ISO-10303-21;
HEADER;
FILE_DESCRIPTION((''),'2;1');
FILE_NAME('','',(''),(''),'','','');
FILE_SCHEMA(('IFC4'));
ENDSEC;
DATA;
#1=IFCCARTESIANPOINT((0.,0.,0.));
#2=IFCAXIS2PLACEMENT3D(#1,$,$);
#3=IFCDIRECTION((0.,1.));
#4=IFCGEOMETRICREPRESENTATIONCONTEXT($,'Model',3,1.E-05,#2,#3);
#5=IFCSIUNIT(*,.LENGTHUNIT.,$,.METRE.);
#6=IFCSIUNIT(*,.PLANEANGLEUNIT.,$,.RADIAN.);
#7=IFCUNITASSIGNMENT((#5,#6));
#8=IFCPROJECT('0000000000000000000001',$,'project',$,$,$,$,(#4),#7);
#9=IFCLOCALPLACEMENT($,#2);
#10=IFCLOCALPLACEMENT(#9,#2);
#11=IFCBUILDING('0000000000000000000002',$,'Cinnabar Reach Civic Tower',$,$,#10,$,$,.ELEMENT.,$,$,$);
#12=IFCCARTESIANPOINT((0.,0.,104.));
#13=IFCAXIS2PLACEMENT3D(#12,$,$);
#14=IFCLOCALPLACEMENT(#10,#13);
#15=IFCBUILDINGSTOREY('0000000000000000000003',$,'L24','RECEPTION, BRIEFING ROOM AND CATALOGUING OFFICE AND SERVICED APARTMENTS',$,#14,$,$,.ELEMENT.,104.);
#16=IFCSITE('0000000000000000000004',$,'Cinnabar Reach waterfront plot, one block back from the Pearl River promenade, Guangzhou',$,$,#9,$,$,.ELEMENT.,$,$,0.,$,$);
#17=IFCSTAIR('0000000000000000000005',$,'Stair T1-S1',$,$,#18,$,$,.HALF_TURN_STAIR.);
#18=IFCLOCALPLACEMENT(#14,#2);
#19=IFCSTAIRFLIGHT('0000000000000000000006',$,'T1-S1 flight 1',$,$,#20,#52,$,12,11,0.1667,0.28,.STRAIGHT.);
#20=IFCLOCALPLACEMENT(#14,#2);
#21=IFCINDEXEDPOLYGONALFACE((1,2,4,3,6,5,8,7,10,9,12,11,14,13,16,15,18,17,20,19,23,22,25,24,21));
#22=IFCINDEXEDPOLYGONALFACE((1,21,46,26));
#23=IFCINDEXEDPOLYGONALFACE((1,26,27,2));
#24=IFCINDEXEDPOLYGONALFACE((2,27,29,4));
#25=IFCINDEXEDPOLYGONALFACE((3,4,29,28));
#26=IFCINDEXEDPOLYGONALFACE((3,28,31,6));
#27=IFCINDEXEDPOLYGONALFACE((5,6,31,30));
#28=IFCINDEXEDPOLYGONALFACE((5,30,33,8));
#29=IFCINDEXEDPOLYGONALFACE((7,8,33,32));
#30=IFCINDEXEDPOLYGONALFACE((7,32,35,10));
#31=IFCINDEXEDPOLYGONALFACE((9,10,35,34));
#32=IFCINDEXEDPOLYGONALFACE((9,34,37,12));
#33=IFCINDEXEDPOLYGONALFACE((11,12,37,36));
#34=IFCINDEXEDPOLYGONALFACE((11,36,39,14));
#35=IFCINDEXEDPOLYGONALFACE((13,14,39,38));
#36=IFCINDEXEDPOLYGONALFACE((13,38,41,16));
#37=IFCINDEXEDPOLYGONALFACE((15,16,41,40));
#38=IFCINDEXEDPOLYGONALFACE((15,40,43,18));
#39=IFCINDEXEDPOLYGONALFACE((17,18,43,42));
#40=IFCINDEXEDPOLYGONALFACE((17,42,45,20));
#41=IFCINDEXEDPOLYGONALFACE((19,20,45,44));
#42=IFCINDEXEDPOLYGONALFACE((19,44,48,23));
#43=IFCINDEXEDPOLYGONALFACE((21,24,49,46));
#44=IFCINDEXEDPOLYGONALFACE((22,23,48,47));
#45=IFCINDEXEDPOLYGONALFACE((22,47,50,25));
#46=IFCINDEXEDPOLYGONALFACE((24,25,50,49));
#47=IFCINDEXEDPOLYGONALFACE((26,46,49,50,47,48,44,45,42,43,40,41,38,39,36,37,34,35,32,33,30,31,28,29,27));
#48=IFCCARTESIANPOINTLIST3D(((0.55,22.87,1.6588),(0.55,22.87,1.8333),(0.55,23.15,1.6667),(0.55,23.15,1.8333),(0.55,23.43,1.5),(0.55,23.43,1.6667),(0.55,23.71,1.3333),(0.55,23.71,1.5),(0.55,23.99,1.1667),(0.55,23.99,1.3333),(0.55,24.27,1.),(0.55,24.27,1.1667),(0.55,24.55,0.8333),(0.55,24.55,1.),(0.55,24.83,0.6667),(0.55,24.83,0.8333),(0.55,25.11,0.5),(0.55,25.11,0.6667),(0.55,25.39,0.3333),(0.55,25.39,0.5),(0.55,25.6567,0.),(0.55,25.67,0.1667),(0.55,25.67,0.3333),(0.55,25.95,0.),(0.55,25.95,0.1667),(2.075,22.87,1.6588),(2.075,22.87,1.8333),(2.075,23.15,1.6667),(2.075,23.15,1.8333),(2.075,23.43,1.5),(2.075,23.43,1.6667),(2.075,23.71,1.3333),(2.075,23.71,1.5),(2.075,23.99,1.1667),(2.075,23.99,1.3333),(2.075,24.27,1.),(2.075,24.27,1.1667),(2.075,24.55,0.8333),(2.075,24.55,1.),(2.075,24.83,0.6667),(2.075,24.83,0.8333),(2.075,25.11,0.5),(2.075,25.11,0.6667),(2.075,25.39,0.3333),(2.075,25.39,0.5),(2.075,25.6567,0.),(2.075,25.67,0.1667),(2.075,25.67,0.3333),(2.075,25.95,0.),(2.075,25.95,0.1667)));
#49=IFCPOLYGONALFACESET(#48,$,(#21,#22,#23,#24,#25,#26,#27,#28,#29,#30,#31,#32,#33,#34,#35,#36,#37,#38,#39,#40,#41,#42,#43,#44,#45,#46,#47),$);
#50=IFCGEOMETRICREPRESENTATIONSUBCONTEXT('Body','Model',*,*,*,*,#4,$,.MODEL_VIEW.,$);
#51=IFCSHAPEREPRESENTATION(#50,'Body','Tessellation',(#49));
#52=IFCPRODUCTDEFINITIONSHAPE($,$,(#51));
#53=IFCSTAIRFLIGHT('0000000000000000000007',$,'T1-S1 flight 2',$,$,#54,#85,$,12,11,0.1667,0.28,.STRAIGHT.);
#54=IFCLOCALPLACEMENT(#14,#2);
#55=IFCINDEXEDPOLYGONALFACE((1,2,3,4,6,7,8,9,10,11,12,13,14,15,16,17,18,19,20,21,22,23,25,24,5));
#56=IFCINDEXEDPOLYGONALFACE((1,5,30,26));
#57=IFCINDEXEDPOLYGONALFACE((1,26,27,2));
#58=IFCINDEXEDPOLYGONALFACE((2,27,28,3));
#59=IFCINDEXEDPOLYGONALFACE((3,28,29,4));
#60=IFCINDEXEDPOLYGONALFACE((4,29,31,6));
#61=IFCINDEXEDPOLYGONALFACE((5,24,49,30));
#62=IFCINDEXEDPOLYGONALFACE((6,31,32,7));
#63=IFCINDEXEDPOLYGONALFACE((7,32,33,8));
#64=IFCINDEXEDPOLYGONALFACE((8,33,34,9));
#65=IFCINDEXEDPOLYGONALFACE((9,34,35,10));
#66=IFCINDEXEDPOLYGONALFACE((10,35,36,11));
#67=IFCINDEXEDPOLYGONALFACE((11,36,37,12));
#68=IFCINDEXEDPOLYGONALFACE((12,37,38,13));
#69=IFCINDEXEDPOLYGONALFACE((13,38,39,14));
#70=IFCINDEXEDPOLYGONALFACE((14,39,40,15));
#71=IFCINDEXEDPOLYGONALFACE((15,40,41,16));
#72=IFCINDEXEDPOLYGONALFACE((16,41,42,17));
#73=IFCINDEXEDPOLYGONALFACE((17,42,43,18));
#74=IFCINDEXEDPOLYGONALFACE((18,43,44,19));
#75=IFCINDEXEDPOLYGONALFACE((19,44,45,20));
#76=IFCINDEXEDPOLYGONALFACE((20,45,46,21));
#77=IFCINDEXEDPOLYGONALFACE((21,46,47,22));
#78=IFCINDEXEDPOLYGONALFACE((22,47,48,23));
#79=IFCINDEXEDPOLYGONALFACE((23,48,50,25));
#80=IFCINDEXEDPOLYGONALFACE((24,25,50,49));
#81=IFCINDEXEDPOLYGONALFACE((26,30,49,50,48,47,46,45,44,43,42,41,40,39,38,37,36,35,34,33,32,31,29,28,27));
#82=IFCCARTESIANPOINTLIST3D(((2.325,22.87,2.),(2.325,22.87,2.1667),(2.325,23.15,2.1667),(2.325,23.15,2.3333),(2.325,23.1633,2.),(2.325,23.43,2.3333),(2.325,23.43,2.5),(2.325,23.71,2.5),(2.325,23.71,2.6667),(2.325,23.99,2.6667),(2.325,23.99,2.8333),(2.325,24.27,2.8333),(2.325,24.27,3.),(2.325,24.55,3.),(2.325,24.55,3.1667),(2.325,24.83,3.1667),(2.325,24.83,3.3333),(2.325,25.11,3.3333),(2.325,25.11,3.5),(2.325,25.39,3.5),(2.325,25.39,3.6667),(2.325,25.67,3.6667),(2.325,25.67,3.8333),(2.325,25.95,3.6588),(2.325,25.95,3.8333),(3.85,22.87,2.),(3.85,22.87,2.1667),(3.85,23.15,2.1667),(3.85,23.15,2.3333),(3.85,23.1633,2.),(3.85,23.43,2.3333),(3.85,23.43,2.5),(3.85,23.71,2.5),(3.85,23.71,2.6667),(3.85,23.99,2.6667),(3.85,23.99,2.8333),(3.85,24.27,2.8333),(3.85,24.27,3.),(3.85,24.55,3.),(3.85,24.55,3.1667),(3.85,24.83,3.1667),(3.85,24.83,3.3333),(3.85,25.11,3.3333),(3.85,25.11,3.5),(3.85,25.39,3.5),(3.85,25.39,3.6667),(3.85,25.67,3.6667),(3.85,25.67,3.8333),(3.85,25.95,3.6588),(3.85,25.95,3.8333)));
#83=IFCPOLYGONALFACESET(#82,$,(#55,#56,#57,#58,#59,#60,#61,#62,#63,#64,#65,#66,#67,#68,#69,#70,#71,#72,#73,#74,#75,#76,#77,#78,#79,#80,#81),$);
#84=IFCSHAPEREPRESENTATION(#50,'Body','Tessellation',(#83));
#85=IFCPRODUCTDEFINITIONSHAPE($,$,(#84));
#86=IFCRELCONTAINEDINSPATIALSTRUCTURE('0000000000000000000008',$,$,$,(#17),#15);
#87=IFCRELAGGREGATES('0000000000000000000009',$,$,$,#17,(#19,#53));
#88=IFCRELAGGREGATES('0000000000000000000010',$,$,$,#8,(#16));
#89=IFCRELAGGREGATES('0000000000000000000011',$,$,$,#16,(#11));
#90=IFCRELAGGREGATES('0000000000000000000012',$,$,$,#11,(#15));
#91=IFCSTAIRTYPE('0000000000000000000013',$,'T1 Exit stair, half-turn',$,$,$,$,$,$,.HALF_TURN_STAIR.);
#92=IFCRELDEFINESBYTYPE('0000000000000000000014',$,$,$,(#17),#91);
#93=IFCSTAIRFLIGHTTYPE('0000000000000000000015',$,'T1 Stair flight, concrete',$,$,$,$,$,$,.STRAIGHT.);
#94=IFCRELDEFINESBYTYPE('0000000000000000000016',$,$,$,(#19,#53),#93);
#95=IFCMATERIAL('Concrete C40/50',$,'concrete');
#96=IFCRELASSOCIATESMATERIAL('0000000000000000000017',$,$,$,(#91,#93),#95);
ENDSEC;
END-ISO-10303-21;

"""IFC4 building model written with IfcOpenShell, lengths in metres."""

from ifc_helpers import new_model, si_unit, direction, frame, origin, place, context, subcontext, project, spatial, polyline, outline, extrude, material, type_object, element, aggregate, save


model = new_model("IFC4")

# Units and contexts
model_context = context("Model", 3, precision=1e-05, world=origin(), true_north=direction((0.0, 1.0)))
body_context = subcontext(model_context, "Body", "Model", "MODEL_VIEW")
ifc_project = project(units=[si_unit("LENGTHUNIT", "METRE"), si_unit("PLANEANGLEUNIT", "RADIAN")], contexts=[model_context])

# Site, building, storey
site_placement = place(None, origin())
site = spatial("IfcSite", under=ifc_project, at=site_placement, Name="Cinnabar Reach waterfront plot, one block back from the Pearl River promenade, Guangzhou", CompositionType="ELEMENT", RefElevation=0.0)
building_placement = place(site_placement, origin())
building = spatial("IfcBuilding", under=site, at=building_placement, Name="Cinnabar Reach Civic Tower", CompositionType="ELEMENT")
storey_placement = place(building_placement, frame((0.0, 0.0, 104.0)))
storey = spatial("IfcBuildingStorey", under=building, at=storey_placement, Name="L24", Description="RECEPTION, BRIEFING ROOM AND CATALOGUING OFFICE AND SERVICED APARTMENTS", CompositionType="ELEMENT", Elevation=104.0)

# Stair, stair flights
ifc_material_1 = material(Name="Concrete C40/50", Category="concrete")
stair_type = type_object("IfcStairType", Name="T1 Exit stair, half-turn", PredefinedType="HALF_TURN_STAIR", material=ifc_material_1)
stair_placement = place(storey_placement, origin())
stair = element("IfcStair", 1, at=stair_placement, inside=storey, type_object=stair_type, Name="Stair T1-S1", PredefinedType="HALF_TURN_STAIR")
stair_flight_type = type_object("IfcStairFlightType", Name="T1 Stair flight, concrete", PredefinedType="STRAIGHT", material=ifc_material_1)
stair_flight_1_placement = place(storey_placement, frame((1.3125, 25.95, 0.0), z_axis=(0.0, 0.0, 1.0), x_axis=(0.0, -1.0, 0.0)))
stair_flight_1 = element("IfcStairFlight", 2, at=stair_flight_1_placement, type_object=stair_flight_type, Name="T1-S1 flight 1", NumberOfRisers=12, NumberOfTreads=11, PredefinedType="STRAIGHT", RiserHeight=0.1667, TreadLength=0.28, context=body_context, shape_type="SweptSolid", body=[
    extrude(outline(polyline([(0.0, 0.0), (0.0, 0.1667), (0.28, 0.1667), (0.28, 0.3333), (0.56, 0.3333), (0.56, 0.5), (0.84, 0.5), (0.84, 0.6667), (1.12, 0.6667), (1.12, 0.8333), (1.4, 0.8333), (1.4, 1.0), (1.68, 1.0), (1.68, 1.1667), (1.96, 1.1667), (1.96, 1.3333), (2.24, 1.3333), (2.24, 1.5), (2.52, 1.5), (2.52, 1.6667), (2.8, 1.6667), (2.8, 1.8333), (3.08, 1.8333), (3.08, 2.0), (3.08, 1.6588), (0.2933, 0.0), (0.0, 0.0)])), frame((0.0, 0.7625, 0.0), z_axis=(0.0, -1.0, 0.0), x_axis=(1.0, 0.0, 0.0)), (0.0, 0.0, 1.0), 1.525),
])
stair_flight_2_placement = place(storey_placement, frame((3.0875, 22.87, 2.0), z_axis=(0.0, 0.0, 1.0), x_axis=(0.0, 1.0, 0.0)))
stair_flight_2 = element("IfcStairFlight", 3, at=stair_flight_2_placement, type_object=stair_flight_type, Name="T1-S1 flight 2", NumberOfRisers=12, NumberOfTreads=11, PredefinedType="STRAIGHT", RiserHeight=0.1667, TreadLength=0.28, context=body_context, shape_type="SweptSolid", body=[
    extrude(outline(polyline([(0.0, 0.0), (0.0, 0.1667), (0.28, 0.1667), (0.28, 0.3333), (0.56, 0.3333), (0.56, 0.5), (0.84, 0.5), (0.84, 0.6667), (1.12, 0.6667), (1.12, 0.8333), (1.4, 0.8333), (1.4, 1.0), (1.68, 1.0), (1.68, 1.1667), (1.96, 1.1667), (1.96, 1.3333), (2.24, 1.3333), (2.24, 1.5), (2.52, 1.5), (2.52, 1.6667), (2.8, 1.6667), (2.8, 1.8333), (3.08, 1.8333), (3.08, 2.0), (3.08, 1.6588), (0.2933, 0.0), (0.0, 0.0)])), frame((0.0, 0.7625, 0.0), z_axis=(0.0, -1.0, 0.0), x_axis=(1.0, 0.0, 0.0)), (0.0, 0.0, 1.0), 1.525),
])
aggregate(stair, [stair_flight_1, stair_flight_2])

save(model, "model.ifc")
